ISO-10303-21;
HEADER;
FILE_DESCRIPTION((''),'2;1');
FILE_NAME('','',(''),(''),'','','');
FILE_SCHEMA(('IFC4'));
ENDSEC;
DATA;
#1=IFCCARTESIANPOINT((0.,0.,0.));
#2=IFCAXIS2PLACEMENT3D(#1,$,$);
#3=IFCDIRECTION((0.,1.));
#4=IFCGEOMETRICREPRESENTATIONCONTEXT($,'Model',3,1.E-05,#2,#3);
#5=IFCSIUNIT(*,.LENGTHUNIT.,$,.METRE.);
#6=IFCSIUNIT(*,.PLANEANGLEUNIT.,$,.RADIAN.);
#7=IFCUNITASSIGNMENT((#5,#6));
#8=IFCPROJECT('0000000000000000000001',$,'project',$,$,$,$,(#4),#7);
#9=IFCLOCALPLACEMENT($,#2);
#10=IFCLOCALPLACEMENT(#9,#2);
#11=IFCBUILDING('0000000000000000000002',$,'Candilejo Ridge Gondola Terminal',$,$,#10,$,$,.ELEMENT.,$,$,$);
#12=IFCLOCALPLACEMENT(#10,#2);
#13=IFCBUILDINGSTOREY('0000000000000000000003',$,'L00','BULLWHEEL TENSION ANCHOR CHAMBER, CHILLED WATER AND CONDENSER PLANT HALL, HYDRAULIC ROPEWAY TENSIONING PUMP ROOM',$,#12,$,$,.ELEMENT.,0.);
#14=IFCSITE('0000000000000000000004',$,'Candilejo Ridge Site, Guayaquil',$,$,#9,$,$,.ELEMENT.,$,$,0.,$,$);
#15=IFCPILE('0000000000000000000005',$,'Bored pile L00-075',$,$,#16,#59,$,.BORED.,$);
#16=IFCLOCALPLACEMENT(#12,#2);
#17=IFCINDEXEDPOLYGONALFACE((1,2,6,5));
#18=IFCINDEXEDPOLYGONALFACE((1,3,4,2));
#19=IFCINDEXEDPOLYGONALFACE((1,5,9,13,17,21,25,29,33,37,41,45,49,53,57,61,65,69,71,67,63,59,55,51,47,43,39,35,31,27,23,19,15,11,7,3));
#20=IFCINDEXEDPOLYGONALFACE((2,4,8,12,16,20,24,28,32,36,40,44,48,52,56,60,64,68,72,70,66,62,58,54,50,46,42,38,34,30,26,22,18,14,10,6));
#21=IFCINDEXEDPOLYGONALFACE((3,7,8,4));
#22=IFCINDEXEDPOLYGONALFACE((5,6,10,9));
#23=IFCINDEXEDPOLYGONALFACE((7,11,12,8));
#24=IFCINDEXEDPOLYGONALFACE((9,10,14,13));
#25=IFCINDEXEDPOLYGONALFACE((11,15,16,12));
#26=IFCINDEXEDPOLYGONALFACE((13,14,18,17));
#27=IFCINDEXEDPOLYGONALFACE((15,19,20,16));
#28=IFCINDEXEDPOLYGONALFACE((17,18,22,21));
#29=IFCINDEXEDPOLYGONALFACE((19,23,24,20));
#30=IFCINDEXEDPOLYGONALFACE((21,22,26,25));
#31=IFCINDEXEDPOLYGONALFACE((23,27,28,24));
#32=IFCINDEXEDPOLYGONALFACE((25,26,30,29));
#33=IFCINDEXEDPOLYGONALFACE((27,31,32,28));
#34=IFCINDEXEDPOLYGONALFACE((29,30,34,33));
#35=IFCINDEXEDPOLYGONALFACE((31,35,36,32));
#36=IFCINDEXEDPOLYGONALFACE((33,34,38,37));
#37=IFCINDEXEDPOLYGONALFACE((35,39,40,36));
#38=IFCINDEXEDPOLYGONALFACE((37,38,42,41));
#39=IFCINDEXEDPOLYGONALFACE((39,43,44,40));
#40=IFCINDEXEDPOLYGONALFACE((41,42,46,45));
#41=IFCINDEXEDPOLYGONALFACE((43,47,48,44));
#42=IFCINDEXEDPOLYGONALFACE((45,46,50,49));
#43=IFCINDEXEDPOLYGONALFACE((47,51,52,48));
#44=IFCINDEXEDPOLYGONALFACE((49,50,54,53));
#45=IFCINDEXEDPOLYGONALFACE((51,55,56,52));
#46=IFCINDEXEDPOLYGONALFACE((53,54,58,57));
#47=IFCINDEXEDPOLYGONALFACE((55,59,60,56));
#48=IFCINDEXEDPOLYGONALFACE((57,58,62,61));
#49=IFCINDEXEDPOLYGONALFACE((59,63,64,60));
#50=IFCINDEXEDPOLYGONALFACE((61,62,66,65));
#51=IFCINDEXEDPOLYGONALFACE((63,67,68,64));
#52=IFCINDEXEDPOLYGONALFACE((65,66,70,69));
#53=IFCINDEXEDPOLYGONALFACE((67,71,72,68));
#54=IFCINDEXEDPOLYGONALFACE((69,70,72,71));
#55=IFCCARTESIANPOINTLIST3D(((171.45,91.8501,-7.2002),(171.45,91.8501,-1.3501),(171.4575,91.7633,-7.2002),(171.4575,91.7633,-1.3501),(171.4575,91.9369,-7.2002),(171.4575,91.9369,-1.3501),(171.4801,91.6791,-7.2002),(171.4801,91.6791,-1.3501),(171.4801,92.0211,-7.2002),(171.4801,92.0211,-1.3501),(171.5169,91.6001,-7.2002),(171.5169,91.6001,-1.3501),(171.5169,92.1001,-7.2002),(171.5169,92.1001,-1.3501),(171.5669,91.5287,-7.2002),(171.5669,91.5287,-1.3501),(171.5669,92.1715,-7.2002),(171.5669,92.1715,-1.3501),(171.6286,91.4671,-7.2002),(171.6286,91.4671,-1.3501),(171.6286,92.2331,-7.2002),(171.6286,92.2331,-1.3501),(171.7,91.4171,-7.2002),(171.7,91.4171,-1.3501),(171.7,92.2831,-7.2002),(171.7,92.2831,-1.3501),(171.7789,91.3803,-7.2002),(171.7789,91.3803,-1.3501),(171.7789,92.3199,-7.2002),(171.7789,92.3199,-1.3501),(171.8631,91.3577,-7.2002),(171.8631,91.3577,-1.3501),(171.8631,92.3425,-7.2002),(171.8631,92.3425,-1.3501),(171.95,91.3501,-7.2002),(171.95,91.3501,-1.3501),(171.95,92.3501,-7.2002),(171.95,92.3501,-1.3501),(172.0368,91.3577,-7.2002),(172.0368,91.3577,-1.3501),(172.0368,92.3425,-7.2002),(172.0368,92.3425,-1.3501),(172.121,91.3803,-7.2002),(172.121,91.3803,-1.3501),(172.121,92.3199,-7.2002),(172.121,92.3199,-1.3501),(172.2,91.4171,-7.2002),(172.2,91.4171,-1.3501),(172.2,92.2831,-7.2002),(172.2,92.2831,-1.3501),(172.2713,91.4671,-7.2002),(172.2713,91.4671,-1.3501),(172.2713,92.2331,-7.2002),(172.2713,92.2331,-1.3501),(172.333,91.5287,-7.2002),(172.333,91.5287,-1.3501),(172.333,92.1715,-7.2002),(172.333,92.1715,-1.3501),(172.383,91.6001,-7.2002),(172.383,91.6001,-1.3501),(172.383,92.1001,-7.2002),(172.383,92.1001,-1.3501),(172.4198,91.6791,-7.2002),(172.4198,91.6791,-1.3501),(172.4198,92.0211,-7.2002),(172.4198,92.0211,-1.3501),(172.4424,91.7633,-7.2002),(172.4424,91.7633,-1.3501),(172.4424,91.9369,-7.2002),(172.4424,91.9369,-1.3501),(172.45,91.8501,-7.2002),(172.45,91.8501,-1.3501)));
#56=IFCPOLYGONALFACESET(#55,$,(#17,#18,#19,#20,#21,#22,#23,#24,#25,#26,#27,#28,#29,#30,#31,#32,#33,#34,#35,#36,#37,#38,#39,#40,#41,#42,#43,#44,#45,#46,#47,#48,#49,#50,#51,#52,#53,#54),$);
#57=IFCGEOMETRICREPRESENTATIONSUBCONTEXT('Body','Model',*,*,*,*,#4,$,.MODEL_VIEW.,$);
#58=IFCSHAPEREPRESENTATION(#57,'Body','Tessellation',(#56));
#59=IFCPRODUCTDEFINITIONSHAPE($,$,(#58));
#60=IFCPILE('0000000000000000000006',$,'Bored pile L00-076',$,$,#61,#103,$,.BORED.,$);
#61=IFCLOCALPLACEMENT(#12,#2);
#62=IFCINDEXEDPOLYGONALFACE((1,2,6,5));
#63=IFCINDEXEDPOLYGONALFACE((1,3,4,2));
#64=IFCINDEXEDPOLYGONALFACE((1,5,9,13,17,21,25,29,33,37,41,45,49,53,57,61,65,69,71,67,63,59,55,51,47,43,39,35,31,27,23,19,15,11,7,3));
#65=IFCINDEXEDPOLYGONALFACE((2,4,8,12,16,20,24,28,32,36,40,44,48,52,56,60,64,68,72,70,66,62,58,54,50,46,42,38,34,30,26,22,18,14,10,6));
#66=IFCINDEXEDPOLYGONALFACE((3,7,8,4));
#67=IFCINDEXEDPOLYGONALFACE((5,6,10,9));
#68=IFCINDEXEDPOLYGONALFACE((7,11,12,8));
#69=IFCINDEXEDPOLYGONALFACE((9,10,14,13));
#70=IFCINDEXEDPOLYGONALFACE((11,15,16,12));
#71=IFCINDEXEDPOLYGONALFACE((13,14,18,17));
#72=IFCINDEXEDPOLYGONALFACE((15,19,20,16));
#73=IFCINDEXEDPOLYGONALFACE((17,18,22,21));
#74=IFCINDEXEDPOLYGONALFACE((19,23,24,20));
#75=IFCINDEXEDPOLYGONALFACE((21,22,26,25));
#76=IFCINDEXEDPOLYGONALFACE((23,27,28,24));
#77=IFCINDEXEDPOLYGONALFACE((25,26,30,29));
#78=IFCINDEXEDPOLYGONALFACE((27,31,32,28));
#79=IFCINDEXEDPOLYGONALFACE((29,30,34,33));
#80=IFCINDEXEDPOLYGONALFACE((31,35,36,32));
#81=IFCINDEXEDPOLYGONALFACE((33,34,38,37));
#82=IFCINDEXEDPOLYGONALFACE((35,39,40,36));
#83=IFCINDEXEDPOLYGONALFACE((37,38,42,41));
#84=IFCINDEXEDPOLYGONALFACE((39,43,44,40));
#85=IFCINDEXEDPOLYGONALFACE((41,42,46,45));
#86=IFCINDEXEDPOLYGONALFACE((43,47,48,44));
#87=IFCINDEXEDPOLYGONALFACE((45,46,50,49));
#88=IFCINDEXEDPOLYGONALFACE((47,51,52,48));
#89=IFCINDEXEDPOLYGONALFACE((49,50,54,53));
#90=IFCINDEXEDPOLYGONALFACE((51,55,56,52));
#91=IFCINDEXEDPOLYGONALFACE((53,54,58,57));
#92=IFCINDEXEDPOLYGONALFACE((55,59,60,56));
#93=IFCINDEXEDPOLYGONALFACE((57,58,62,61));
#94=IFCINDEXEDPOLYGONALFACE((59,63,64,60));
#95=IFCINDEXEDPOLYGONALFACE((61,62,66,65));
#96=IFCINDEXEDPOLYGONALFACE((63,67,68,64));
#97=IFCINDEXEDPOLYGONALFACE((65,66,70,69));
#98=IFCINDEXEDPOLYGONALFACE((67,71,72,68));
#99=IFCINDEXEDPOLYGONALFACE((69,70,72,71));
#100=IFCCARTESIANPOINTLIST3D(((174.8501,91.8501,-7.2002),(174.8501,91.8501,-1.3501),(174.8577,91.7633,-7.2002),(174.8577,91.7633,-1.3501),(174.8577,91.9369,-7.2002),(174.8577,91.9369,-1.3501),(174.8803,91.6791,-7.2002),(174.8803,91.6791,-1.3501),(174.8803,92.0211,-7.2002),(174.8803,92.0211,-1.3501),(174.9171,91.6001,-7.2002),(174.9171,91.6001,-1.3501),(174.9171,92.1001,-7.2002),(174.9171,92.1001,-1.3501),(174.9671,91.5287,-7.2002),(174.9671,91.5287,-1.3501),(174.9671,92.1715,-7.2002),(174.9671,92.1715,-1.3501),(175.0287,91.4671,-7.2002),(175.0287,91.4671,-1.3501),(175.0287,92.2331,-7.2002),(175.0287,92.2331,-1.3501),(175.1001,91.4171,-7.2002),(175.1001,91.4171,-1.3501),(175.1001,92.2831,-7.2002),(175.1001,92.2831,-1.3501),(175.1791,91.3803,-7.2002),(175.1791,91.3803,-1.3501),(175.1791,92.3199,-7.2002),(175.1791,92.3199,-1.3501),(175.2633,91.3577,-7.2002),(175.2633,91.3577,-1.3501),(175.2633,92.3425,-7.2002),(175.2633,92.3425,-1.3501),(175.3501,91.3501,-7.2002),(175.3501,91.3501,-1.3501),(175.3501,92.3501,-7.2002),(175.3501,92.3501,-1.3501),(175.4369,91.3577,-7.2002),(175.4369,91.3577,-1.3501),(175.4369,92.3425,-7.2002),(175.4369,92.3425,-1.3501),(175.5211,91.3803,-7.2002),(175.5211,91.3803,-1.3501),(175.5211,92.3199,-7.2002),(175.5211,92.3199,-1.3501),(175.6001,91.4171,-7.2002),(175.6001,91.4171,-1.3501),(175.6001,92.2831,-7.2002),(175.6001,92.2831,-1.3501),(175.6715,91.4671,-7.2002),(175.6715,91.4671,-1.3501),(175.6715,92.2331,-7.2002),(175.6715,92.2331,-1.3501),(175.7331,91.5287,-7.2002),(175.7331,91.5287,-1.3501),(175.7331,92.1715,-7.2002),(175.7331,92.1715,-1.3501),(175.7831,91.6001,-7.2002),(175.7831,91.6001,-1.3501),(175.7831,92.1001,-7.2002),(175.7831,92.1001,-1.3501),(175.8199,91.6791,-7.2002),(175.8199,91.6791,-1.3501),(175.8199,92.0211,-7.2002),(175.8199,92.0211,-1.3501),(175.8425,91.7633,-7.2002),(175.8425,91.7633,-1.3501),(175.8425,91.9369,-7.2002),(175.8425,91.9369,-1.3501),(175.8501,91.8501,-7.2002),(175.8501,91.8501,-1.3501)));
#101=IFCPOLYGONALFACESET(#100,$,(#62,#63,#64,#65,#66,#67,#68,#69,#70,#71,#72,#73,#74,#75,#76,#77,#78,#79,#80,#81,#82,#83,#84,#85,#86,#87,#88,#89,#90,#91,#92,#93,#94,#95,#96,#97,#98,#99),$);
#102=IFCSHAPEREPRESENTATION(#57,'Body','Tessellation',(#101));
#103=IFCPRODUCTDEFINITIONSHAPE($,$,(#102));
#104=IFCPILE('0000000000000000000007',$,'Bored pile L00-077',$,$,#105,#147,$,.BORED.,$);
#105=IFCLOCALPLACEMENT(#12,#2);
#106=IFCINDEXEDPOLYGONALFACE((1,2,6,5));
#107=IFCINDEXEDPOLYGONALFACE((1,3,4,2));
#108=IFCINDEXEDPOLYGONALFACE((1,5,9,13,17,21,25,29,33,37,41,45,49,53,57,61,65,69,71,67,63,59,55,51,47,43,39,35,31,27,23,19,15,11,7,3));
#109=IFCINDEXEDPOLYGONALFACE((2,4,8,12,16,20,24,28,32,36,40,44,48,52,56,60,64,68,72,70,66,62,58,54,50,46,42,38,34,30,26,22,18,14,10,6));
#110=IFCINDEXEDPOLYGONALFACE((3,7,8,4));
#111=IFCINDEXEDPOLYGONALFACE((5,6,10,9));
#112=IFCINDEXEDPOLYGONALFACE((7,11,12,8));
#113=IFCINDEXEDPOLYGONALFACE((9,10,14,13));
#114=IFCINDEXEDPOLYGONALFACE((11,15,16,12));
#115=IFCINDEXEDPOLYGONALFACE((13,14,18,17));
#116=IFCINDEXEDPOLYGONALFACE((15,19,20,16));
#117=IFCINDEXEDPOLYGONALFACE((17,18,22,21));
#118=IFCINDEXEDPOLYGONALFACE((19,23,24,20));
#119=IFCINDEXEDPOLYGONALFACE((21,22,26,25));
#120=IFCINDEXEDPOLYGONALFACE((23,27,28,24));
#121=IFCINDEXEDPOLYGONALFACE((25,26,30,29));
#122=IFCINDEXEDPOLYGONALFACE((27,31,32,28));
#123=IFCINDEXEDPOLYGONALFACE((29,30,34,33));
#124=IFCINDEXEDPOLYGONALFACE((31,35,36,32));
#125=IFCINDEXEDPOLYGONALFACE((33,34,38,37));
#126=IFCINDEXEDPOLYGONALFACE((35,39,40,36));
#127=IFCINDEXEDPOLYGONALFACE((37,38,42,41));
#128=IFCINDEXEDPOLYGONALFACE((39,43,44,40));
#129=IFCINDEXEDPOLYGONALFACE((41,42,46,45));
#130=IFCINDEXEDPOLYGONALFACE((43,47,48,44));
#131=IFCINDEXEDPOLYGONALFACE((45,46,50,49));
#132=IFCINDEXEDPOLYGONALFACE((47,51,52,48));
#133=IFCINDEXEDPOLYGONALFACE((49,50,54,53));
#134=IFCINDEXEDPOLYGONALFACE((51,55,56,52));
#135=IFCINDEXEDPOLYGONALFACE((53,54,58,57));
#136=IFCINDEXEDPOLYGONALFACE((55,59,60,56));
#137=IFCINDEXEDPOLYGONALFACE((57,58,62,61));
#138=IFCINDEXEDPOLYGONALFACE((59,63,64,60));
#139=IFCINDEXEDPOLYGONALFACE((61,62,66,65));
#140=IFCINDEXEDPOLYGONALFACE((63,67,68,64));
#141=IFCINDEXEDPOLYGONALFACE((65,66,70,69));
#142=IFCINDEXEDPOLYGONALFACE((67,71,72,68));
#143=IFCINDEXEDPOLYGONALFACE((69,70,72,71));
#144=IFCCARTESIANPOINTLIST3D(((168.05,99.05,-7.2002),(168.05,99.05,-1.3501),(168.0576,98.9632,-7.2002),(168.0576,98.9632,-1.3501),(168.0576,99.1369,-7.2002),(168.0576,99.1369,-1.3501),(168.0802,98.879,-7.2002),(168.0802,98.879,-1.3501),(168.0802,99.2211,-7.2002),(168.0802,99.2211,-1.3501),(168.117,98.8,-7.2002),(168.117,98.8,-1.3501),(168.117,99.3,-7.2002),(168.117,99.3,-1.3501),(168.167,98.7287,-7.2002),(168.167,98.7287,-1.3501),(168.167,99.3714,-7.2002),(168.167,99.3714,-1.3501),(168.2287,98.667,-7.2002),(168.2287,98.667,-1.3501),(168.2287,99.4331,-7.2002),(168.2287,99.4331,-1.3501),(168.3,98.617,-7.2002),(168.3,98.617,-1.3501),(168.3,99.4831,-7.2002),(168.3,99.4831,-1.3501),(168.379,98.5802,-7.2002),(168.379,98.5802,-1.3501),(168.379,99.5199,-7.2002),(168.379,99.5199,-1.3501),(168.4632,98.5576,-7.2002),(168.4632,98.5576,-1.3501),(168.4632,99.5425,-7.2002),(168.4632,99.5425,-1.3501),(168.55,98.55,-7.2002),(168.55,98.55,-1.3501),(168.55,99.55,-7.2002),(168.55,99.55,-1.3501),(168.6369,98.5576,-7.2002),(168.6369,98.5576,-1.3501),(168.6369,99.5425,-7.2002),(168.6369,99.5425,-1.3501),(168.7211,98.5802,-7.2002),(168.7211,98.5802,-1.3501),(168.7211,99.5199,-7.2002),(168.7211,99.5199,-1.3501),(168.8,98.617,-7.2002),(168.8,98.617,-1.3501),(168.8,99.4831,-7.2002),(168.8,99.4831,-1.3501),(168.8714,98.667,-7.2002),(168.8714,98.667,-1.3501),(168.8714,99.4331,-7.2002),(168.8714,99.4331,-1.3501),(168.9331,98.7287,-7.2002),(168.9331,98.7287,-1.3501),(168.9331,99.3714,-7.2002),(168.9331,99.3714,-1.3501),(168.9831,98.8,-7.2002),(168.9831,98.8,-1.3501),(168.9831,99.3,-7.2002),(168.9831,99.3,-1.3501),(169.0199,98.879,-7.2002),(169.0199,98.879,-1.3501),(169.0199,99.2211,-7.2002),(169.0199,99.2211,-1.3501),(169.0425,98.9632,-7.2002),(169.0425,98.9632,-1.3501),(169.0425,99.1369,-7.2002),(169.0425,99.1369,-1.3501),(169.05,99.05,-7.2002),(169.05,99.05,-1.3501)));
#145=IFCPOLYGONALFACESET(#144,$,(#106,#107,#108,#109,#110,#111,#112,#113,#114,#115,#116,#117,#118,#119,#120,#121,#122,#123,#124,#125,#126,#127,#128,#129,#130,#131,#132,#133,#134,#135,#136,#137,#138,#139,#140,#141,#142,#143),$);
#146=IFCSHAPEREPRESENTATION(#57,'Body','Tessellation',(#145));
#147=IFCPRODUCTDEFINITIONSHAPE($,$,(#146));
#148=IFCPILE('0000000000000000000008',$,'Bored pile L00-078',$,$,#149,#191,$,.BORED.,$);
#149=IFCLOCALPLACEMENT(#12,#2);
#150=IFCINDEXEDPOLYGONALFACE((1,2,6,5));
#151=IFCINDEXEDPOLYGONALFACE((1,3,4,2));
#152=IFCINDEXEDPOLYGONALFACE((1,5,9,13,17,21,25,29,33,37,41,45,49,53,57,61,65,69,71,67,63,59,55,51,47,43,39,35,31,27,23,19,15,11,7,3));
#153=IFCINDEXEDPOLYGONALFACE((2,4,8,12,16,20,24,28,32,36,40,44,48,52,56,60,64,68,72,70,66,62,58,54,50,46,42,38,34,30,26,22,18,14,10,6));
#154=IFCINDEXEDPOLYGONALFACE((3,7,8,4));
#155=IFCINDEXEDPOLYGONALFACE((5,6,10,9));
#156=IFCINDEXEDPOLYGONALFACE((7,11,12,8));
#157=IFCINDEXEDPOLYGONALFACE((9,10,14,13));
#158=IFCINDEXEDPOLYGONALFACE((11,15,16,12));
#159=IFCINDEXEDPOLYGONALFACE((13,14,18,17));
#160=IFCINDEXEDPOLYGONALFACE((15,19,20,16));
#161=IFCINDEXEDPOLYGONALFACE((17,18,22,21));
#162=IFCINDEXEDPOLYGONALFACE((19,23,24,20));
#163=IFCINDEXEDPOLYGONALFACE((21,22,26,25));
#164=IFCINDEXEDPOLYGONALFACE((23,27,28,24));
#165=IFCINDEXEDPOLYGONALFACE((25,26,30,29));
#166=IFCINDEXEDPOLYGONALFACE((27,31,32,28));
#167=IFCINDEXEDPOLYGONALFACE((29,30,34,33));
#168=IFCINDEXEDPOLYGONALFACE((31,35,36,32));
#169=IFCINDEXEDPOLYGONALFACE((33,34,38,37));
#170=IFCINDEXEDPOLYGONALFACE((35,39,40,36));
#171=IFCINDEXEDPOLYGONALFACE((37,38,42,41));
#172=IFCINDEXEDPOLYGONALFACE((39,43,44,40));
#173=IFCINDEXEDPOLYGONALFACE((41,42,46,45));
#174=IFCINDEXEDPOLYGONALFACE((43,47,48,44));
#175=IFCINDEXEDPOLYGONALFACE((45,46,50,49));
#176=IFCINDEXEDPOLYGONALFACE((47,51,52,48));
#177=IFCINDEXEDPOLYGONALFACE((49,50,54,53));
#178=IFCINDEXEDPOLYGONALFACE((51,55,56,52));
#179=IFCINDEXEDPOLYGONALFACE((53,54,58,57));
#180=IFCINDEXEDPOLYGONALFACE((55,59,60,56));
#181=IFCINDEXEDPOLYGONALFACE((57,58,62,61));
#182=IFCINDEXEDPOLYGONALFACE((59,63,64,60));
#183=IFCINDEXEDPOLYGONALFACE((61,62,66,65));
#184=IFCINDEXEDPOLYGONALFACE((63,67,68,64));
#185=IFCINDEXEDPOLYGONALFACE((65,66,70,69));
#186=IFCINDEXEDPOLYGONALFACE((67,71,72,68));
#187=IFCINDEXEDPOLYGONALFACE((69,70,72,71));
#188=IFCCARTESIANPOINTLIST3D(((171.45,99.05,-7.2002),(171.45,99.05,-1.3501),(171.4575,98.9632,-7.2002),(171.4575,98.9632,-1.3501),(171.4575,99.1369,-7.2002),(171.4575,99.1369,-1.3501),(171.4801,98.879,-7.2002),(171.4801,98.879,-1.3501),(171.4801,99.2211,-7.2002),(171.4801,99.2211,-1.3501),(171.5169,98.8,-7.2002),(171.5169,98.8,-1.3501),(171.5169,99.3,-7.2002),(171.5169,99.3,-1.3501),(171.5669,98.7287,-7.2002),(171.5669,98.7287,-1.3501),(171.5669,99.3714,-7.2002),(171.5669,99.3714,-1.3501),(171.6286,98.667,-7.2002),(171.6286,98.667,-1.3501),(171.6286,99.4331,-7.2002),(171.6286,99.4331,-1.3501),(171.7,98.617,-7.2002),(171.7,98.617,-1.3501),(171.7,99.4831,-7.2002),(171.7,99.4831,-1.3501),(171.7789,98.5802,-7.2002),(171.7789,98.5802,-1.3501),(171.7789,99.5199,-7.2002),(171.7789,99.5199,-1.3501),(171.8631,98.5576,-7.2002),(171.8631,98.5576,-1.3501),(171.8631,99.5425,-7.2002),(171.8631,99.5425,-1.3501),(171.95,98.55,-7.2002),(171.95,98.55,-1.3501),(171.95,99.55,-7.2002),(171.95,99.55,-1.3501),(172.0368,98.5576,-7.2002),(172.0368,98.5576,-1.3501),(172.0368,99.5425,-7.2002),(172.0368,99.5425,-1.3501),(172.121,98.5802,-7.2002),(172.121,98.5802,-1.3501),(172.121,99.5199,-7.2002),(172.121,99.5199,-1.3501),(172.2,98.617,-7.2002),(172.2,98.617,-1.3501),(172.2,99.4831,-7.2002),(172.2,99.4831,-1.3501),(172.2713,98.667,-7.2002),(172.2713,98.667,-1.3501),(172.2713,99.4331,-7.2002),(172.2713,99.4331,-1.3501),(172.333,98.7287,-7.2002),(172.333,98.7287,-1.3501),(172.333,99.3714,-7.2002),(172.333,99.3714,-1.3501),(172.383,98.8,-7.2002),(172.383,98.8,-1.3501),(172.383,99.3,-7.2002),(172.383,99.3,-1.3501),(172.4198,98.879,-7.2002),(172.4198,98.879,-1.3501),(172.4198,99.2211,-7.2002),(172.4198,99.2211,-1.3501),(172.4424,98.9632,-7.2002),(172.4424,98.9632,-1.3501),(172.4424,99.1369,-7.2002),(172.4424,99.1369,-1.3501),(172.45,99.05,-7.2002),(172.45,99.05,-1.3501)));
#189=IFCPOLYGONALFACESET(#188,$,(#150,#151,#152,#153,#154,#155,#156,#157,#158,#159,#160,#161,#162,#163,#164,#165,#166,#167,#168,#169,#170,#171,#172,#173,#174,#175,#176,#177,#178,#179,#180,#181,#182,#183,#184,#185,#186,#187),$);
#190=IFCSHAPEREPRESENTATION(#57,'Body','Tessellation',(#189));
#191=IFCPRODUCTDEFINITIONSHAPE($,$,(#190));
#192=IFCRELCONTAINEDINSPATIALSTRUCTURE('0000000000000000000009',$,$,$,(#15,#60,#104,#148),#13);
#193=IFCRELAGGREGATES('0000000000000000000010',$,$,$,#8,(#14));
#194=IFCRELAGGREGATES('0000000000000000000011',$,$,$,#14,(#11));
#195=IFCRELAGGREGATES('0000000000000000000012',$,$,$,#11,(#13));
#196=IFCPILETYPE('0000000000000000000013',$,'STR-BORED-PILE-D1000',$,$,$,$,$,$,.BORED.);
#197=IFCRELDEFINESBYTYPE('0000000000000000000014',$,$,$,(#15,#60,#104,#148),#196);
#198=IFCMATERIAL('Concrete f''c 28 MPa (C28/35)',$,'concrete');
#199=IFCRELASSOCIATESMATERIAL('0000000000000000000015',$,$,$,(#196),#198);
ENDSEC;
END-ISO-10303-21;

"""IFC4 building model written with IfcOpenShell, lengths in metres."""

from ifc_helpers import new_model, si_unit, direction, frame, origin, origin_2d, place, context, subcontext, project, spatial, circle, extrude, material, material_profile, profile_set, type_object, element, save


model = new_model("IFC4")

# Units and contexts
model_context = context("Model", 3, precision=1e-05, world=origin(), true_north=direction((0.0, 1.0)))
body_context = subcontext(model_context, "Body", "Model", "MODEL_VIEW")
ifc_project = project(units=[si_unit("LENGTHUNIT", "METRE"), si_unit("PLANEANGLEUNIT", "RADIAN")], contexts=[model_context])

# Site, building, storey
site_placement = place(None, origin())
site = spatial("IfcSite", under=ifc_project, at=site_placement, Name="Candilejo Ridge Site, Guayaquil", CompositionType="ELEMENT", RefElevation=0.0)
building_placement = place(site_placement, origin())
building = spatial("IfcBuilding", under=site, at=building_placement, Name="Candilejo Ridge Gondola Terminal", CompositionType="ELEMENT")
storey_placement = place(building_placement, origin())
storey = spatial("IfcBuildingStorey", under=building, at=storey_placement, Name="L00", Description="BULLWHEEL TENSION ANCHOR CHAMBER, CHILLED WATER AND CONDENSER PLANT HALL, HYDRAULIC ROPEWAY TENSIONING PUMP ROOM", CompositionType="ELEMENT", Elevation=0.0)

# Piles
ifc_material_1 = material(Name="Concrete f'c 28 MPa (C28/35)", Category="concrete")
ifc_material_profile_1 = material_profile(ifc_material_1, circle(Radius=0.5, at=origin_2d()))
ifc_profile_set_1 = profile_set([ifc_material_profile_1], Name="Concrete f'c 28 MPa (C28/35)")
pile_type = type_object("IfcPileType", Name="STR-BORED-PILE-D1000", PredefinedType="BORED", material=ifc_profile_set_1)
for number, where, z_axis, x_axis, name in (
    (1, (171.95, 91.8501, -1.3501), (0.0, 0.0, -1.0), (1.0, 0.0, 0.0), "Bored pile L00-075"),
    (2, (175.3501, 91.8501, -1.3501), (0.0, 0.0, -1.0), (1.0, 0.0, 0.0), "Bored pile L00-076"),
    (3, (168.55, 99.05, -1.3501), (0.0, 0.0, -1.0), (1.0, 0.0, 0.0), "Bored pile L00-077"),
    (4, (171.95, 99.05, -1.3501), (0.0, 0.0, -1.0), (1.0, 0.0, 0.0), "Bored pile L00-078"),
):
    element("IfcPile", number, at=place(storey_placement, frame(where, z_axis=z_axis, x_axis=x_axis)), inside=storey, type_object=pile_type, Name=name, PredefinedType="BORED", context=body_context, shape_type="SweptSolid", body=[
        extrude(circle(Radius=0.5, at=origin_2d()), origin(), (0.0, 0.0, 1.0), 5.8501),
    ])

save(model, "model.ifc")
